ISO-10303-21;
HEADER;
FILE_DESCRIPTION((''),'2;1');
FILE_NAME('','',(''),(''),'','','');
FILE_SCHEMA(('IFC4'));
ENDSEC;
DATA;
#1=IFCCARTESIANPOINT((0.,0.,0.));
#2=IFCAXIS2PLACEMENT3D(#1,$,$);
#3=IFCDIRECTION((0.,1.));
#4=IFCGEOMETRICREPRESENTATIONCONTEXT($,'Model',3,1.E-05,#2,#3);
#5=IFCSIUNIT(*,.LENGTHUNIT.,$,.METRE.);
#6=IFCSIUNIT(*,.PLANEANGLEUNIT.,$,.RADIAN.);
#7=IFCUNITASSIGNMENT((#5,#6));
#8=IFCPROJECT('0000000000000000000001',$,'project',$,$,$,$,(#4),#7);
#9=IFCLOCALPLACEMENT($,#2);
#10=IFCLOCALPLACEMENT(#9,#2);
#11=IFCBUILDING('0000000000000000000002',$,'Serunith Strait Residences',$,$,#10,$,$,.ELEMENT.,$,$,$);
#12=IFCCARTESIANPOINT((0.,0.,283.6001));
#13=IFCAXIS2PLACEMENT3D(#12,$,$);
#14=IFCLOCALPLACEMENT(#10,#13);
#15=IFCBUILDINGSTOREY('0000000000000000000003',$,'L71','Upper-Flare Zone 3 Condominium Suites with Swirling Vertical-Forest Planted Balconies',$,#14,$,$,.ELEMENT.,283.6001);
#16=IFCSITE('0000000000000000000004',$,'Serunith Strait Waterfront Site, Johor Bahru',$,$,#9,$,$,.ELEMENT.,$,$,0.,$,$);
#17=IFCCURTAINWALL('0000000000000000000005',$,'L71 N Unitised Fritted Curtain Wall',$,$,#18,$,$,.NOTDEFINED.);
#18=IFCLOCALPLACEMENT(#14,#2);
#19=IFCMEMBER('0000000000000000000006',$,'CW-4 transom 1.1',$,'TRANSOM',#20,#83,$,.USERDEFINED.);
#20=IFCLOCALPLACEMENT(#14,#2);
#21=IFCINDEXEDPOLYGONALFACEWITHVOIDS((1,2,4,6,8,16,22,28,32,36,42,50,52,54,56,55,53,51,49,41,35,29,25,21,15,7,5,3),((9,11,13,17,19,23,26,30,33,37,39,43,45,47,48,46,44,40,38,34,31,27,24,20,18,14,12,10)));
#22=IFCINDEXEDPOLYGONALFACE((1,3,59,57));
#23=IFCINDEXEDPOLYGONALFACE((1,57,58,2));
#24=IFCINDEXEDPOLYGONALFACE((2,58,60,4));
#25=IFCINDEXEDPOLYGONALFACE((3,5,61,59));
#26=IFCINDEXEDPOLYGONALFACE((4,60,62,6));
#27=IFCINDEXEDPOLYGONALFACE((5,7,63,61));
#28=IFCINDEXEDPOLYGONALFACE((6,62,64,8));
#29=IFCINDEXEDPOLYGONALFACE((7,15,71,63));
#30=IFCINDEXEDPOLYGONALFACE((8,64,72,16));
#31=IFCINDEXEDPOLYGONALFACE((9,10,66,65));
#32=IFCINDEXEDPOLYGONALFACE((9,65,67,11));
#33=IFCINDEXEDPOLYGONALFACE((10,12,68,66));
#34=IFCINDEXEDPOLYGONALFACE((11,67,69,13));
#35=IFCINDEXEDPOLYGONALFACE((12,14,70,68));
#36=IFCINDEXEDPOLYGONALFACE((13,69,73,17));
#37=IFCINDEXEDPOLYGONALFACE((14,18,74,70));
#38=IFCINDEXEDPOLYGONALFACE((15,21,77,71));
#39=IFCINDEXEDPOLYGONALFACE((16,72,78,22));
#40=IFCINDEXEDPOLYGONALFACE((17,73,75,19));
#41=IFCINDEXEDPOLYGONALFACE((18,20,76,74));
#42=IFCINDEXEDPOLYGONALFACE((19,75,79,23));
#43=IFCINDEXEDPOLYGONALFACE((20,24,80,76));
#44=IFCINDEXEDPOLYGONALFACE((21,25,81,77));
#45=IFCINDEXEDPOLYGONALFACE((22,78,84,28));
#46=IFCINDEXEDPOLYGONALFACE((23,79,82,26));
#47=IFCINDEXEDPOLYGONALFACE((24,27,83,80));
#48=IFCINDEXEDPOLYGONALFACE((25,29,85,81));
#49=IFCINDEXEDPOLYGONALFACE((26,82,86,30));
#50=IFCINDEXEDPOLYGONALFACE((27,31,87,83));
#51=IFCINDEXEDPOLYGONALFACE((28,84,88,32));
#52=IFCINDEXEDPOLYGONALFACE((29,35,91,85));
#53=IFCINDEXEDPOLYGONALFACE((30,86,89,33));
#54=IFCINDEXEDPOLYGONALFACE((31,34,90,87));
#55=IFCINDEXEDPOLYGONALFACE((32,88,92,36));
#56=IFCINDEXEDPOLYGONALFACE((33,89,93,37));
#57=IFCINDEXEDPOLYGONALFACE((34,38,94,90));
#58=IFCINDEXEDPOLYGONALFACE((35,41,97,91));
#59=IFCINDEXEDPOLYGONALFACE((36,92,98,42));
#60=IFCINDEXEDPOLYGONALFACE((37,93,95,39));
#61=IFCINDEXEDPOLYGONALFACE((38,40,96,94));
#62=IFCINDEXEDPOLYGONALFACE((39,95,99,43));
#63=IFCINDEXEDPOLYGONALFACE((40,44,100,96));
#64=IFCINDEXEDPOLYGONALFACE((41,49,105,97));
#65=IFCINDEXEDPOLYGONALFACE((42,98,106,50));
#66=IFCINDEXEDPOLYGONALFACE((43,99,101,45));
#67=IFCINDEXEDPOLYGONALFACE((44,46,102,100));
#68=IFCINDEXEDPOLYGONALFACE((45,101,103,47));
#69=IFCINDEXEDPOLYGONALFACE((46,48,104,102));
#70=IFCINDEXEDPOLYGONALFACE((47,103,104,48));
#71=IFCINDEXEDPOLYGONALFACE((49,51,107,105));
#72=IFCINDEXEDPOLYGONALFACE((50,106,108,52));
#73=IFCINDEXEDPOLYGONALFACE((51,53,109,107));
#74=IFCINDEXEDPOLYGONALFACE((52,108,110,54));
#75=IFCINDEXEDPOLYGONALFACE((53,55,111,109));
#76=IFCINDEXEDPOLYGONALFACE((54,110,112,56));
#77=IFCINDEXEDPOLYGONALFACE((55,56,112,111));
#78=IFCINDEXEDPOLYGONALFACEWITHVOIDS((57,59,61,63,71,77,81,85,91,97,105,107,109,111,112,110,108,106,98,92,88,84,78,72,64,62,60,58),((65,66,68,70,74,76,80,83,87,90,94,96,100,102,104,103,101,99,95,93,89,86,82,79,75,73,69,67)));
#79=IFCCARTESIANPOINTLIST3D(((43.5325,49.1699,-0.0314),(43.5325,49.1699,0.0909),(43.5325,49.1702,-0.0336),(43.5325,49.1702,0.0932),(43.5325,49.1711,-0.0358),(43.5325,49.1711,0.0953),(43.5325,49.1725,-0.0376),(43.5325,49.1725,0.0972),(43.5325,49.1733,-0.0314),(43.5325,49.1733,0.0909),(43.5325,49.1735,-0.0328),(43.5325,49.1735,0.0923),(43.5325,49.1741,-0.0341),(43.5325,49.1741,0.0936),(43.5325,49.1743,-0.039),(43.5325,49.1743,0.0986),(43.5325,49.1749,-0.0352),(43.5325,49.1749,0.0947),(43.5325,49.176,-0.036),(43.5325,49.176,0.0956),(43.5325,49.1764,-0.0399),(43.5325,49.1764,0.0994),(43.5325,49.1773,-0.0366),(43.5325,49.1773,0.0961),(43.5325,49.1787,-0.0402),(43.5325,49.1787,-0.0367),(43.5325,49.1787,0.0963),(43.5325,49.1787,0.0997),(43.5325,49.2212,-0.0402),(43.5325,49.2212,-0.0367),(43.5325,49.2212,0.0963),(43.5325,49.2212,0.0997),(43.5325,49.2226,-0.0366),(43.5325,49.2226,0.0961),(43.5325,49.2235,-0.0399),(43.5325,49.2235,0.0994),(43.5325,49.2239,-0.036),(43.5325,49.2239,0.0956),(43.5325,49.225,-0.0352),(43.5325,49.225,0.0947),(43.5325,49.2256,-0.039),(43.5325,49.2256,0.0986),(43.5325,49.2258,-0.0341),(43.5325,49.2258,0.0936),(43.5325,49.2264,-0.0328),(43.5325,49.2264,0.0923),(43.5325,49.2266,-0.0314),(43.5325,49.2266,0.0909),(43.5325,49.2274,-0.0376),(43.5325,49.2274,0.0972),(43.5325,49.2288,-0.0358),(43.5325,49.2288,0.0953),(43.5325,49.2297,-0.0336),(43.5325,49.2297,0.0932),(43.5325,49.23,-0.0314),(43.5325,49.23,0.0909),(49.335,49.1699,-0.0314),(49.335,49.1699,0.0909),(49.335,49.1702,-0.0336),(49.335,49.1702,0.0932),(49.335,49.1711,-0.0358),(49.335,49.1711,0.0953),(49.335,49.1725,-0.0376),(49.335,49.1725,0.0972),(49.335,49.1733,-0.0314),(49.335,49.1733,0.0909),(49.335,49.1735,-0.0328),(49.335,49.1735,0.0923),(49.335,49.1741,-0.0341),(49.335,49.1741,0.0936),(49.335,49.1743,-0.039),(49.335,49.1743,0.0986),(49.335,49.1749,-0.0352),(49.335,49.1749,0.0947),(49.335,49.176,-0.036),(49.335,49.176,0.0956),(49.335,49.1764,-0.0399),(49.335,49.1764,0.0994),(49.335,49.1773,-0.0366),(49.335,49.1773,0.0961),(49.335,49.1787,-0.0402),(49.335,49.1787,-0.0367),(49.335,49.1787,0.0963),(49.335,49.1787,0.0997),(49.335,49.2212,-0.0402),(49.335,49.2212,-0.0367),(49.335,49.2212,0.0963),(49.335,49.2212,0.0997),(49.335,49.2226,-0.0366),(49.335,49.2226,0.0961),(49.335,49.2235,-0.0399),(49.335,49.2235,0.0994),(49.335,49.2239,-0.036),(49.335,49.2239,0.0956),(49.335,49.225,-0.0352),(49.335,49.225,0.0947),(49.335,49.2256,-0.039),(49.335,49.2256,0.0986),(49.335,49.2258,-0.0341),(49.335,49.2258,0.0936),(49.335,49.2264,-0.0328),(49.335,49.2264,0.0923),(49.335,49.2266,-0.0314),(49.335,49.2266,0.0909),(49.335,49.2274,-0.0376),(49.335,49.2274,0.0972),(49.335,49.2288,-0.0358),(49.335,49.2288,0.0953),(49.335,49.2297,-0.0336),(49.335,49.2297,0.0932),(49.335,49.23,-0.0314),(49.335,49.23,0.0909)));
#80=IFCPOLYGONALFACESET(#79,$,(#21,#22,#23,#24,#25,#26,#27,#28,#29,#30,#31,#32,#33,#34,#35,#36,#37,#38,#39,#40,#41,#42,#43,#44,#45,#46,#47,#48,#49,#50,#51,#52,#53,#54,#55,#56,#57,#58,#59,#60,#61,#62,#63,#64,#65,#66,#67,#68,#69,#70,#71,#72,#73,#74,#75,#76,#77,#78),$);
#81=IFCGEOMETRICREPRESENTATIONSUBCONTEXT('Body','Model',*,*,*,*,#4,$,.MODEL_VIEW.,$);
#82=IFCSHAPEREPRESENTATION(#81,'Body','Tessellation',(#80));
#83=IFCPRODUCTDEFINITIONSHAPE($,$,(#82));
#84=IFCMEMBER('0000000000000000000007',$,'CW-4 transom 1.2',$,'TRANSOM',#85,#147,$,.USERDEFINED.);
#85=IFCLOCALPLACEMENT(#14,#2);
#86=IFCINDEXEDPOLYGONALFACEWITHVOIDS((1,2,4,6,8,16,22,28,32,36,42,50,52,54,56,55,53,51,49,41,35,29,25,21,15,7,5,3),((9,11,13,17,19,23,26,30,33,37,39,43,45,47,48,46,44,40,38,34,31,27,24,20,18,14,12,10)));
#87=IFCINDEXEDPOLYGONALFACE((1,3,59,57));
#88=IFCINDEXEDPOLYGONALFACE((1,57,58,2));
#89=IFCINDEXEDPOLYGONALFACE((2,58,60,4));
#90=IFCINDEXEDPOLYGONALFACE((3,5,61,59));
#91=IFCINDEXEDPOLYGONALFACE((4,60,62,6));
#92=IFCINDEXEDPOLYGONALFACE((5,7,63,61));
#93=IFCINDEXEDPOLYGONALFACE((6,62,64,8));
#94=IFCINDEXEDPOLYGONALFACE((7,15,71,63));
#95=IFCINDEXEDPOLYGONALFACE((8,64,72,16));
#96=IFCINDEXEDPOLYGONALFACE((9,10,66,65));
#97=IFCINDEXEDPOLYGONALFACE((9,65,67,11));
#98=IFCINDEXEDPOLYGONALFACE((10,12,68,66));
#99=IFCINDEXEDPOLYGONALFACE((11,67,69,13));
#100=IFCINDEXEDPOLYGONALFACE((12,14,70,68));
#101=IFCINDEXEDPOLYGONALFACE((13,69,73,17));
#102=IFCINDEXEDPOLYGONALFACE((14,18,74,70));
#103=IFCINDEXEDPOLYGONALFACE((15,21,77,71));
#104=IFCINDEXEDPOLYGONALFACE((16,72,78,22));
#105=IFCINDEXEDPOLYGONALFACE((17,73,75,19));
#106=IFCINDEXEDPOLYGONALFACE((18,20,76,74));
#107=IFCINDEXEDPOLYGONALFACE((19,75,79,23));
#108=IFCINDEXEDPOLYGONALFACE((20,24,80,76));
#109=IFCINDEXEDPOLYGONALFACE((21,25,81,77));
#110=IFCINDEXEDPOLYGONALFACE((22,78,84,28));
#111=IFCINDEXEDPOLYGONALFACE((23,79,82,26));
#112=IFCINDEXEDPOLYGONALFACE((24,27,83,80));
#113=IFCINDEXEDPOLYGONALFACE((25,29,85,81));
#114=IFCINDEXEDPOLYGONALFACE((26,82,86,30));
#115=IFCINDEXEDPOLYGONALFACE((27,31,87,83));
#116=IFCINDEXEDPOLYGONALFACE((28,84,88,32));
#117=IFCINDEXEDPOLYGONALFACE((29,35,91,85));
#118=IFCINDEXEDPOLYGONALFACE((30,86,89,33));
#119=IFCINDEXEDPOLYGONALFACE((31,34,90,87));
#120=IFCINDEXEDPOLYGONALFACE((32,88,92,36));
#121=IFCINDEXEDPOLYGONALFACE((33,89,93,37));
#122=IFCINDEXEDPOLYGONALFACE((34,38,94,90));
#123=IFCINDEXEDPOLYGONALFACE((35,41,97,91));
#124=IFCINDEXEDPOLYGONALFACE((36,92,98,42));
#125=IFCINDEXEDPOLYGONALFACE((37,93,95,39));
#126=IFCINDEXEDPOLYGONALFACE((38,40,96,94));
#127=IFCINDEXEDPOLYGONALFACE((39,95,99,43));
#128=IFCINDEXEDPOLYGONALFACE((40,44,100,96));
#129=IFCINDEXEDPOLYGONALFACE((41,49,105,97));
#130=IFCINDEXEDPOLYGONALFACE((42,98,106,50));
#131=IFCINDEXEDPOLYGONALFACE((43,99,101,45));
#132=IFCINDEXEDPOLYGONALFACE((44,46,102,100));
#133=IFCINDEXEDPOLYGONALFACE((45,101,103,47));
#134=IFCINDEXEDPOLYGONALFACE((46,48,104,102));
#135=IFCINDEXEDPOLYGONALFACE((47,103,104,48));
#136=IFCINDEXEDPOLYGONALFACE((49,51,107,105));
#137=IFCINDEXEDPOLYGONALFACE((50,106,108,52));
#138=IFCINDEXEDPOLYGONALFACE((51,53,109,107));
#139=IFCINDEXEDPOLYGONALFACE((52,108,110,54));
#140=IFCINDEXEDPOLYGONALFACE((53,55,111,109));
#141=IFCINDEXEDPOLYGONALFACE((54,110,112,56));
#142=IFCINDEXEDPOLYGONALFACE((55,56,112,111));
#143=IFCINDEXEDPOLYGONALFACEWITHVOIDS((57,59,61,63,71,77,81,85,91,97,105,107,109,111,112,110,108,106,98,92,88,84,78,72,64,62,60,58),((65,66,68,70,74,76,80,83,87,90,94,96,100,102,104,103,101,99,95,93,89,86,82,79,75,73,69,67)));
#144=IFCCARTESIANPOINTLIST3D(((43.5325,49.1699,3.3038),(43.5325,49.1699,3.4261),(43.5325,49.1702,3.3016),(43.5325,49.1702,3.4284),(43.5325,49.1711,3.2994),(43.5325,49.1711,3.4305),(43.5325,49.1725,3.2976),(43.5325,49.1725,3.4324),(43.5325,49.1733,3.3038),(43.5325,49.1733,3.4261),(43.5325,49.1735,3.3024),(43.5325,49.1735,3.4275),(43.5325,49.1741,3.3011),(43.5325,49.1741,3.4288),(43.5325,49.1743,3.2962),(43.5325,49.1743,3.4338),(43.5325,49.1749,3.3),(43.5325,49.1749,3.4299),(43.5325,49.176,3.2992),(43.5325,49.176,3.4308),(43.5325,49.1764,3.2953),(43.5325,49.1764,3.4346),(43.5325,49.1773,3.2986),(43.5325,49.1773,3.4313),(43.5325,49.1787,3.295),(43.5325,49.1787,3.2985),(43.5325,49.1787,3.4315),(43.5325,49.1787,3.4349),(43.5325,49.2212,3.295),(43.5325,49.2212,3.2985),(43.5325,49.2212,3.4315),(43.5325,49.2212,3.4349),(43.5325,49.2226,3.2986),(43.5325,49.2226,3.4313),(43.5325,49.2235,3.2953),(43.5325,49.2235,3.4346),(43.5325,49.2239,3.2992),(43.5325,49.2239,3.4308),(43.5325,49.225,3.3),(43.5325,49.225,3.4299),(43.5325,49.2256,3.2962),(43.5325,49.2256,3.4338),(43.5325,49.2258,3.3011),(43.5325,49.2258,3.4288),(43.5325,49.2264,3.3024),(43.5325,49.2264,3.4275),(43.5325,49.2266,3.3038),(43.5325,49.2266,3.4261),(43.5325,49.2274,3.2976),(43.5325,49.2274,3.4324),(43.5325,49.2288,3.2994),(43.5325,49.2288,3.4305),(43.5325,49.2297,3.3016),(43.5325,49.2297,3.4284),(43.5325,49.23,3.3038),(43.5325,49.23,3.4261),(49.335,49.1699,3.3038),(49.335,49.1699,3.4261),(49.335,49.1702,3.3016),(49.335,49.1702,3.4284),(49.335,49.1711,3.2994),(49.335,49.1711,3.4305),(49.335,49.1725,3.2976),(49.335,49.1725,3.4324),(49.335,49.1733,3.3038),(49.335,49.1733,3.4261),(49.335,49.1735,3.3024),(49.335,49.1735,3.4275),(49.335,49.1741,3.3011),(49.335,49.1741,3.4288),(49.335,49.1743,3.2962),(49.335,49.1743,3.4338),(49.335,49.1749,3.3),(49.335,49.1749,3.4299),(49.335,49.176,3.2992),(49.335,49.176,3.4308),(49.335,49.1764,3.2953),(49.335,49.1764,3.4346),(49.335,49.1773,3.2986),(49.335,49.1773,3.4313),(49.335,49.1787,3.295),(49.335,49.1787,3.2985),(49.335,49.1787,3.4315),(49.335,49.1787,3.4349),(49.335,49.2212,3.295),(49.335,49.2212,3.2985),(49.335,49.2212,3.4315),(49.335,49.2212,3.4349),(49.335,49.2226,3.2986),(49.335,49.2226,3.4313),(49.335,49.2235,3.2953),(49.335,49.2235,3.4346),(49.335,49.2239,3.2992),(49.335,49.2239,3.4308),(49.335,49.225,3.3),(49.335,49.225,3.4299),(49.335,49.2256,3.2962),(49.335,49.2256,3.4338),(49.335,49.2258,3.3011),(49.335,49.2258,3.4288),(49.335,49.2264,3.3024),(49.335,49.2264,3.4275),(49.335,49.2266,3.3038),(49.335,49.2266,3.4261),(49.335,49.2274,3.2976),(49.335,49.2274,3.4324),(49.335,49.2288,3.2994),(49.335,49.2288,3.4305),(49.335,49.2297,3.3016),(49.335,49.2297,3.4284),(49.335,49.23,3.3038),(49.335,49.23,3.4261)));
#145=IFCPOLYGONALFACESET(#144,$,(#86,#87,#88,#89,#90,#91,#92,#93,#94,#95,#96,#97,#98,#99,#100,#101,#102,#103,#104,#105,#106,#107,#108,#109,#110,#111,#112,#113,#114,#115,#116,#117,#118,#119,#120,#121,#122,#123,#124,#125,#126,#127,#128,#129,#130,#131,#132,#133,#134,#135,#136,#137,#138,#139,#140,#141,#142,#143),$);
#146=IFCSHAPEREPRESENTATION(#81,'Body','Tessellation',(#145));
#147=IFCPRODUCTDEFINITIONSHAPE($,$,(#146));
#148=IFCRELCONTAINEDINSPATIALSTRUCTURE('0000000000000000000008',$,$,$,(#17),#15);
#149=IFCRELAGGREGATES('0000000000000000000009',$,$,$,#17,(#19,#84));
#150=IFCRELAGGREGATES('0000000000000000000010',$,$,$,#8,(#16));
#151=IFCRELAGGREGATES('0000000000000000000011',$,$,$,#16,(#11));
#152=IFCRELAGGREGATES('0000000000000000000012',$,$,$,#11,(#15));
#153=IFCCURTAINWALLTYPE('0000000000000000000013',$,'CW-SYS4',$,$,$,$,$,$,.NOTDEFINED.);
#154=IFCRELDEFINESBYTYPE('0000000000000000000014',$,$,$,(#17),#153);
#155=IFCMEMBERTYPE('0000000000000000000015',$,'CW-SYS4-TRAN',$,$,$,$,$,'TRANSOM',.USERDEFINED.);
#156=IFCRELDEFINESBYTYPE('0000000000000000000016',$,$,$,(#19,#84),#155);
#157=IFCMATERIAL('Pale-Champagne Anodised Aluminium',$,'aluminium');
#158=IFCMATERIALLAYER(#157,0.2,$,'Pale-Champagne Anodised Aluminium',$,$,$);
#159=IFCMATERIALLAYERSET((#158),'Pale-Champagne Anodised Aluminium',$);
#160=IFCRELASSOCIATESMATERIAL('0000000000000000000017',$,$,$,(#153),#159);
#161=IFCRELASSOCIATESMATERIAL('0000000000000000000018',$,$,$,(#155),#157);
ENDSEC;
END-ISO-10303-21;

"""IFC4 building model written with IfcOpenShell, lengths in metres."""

from ifc_helpers import new_model, si_unit, direction, frame, origin, origin_2d, place, context, subcontext, project, spatial, hollow_rectangle, extrude, source, transform, mapped, material, layer, layer_set, material_profile, profile_set, type_object, element, aggregate, save


model = new_model("IFC4")

# Units and contexts
model_context = context("Model", 3, precision=1e-05, world=origin(), true_north=direction((0.0, 1.0)))
body_context = subcontext(model_context, "Body", "Model", "MODEL_VIEW")
ifc_project = project(units=[si_unit("LENGTHUNIT", "METRE"), si_unit("PLANEANGLEUNIT", "RADIAN")], contexts=[model_context])

# Site, building, storey
site_placement = place(None, origin())
site = spatial("IfcSite", under=ifc_project, at=site_placement, Name="Serunith Strait Waterfront Site, Johor Bahru", CompositionType="ELEMENT", RefElevation=0.0)
building_placement = place(site_placement, origin())
building = spatial("IfcBuilding", under=site, at=building_placement, Name="Serunith Strait Residences", CompositionType="ELEMENT")
storey_placement = place(building_placement, frame((0.0, 0.0, 283.6001)))
storey = spatial("IfcBuildingStorey", under=building, at=storey_placement, Name="L71", Description="Upper-Flare Zone 3 Condominium Suites with Swirling Vertical-Forest Planted Balconies", CompositionType="ELEMENT", Elevation=283.6001)

# Curtain wall, members
ifc_material_1 = material(Name="Pale-Champagne Anodised Aluminium", Category="aluminium")
ifc_layer_1 = layer(ifc_material_1, 0.2, Name="Pale-Champagne Anodised Aluminium")
ifc_layer_set_1 = layer_set([ifc_layer_1], Name="Pale-Champagne Anodised Aluminium")
curtain_wall_type = type_object("IfcCurtainWallType", Name="CW-SYS4", PredefinedType="NOTDEFINED", material=ifc_layer_set_1)
curtain_wall_1_placement = place(storey_placement, origin())
curtain_wall_1 = element("IfcCurtainWall", 1, at=curtain_wall_1_placement, inside=storey, type_object=curtain_wall_type, Name="L71 N Unitised Fritted Curtain Wall", PredefinedType="NOTDEFINED")
ifc_material_profile_1 = material_profile(ifc_material_1, hollow_rectangle(XDim=0.0601, YDim=0.1399, WallThickness=0.0034, InnerFilletRadius=0.0054, OuterFilletRadius=0.0088, at=origin_2d()), Name="ALU 140x60x3.5")
ifc_profile_set_1 = profile_set([ifc_material_profile_1], Name="Pale-Champagne Anodised Aluminium")
member_type_1 = type_object("IfcMemberType", Name="CW-SYS4-TRAN", ElementType="TRANSOM", PredefinedType="USERDEFINED", material=ifc_profile_set_1)
shared_shape_1 = source(origin(), body_context, "Body", "SweptSolid", [
    extrude(hollow_rectangle(XDim=0.0601, YDim=0.1399, WallThickness=0.0034, InnerFilletRadius=0.0054, OuterFilletRadius=0.0088, at=origin_2d()), origin(), (0.0, 0.0, 1.0), 5.8025),
])
member_1_placement = place(storey_placement, frame((49.335, 49.2, 0.0298), z_axis=(-1.0, 0.0, 0.0), x_axis=(0.0, -1.0, 0.0)))
member_1 = element("IfcMember", 2, at=member_1_placement, type_object=member_type_1, Name="CW-4 transom 1.1", ObjectType="TRANSOM", PredefinedType="USERDEFINED", context=body_context, shape_type="MappedRepresentation", body=[
    mapped(shared_shape_1, transform((0.0, 0.0, 0.0), scale=1.0)),
])
member_2_placement = place(storey_placement, frame((49.335, 49.2, 3.365), z_axis=(-1.0, 0.0, 0.0), x_axis=(0.0, -1.0, 0.0)))
member_2 = element("IfcMember", 3, at=member_2_placement, type_object=member_type_1, Name="CW-4 transom 1.2", ObjectType="TRANSOM", PredefinedType="USERDEFINED", context=body_context, shape_type="MappedRepresentation", body=[
    mapped(shared_shape_1, transform((0.0, 0.0, 0.0), scale=1.0)),
])

aggregate(curtain_wall_1, [member_1, member_2])

save(model, "model.ifc")
